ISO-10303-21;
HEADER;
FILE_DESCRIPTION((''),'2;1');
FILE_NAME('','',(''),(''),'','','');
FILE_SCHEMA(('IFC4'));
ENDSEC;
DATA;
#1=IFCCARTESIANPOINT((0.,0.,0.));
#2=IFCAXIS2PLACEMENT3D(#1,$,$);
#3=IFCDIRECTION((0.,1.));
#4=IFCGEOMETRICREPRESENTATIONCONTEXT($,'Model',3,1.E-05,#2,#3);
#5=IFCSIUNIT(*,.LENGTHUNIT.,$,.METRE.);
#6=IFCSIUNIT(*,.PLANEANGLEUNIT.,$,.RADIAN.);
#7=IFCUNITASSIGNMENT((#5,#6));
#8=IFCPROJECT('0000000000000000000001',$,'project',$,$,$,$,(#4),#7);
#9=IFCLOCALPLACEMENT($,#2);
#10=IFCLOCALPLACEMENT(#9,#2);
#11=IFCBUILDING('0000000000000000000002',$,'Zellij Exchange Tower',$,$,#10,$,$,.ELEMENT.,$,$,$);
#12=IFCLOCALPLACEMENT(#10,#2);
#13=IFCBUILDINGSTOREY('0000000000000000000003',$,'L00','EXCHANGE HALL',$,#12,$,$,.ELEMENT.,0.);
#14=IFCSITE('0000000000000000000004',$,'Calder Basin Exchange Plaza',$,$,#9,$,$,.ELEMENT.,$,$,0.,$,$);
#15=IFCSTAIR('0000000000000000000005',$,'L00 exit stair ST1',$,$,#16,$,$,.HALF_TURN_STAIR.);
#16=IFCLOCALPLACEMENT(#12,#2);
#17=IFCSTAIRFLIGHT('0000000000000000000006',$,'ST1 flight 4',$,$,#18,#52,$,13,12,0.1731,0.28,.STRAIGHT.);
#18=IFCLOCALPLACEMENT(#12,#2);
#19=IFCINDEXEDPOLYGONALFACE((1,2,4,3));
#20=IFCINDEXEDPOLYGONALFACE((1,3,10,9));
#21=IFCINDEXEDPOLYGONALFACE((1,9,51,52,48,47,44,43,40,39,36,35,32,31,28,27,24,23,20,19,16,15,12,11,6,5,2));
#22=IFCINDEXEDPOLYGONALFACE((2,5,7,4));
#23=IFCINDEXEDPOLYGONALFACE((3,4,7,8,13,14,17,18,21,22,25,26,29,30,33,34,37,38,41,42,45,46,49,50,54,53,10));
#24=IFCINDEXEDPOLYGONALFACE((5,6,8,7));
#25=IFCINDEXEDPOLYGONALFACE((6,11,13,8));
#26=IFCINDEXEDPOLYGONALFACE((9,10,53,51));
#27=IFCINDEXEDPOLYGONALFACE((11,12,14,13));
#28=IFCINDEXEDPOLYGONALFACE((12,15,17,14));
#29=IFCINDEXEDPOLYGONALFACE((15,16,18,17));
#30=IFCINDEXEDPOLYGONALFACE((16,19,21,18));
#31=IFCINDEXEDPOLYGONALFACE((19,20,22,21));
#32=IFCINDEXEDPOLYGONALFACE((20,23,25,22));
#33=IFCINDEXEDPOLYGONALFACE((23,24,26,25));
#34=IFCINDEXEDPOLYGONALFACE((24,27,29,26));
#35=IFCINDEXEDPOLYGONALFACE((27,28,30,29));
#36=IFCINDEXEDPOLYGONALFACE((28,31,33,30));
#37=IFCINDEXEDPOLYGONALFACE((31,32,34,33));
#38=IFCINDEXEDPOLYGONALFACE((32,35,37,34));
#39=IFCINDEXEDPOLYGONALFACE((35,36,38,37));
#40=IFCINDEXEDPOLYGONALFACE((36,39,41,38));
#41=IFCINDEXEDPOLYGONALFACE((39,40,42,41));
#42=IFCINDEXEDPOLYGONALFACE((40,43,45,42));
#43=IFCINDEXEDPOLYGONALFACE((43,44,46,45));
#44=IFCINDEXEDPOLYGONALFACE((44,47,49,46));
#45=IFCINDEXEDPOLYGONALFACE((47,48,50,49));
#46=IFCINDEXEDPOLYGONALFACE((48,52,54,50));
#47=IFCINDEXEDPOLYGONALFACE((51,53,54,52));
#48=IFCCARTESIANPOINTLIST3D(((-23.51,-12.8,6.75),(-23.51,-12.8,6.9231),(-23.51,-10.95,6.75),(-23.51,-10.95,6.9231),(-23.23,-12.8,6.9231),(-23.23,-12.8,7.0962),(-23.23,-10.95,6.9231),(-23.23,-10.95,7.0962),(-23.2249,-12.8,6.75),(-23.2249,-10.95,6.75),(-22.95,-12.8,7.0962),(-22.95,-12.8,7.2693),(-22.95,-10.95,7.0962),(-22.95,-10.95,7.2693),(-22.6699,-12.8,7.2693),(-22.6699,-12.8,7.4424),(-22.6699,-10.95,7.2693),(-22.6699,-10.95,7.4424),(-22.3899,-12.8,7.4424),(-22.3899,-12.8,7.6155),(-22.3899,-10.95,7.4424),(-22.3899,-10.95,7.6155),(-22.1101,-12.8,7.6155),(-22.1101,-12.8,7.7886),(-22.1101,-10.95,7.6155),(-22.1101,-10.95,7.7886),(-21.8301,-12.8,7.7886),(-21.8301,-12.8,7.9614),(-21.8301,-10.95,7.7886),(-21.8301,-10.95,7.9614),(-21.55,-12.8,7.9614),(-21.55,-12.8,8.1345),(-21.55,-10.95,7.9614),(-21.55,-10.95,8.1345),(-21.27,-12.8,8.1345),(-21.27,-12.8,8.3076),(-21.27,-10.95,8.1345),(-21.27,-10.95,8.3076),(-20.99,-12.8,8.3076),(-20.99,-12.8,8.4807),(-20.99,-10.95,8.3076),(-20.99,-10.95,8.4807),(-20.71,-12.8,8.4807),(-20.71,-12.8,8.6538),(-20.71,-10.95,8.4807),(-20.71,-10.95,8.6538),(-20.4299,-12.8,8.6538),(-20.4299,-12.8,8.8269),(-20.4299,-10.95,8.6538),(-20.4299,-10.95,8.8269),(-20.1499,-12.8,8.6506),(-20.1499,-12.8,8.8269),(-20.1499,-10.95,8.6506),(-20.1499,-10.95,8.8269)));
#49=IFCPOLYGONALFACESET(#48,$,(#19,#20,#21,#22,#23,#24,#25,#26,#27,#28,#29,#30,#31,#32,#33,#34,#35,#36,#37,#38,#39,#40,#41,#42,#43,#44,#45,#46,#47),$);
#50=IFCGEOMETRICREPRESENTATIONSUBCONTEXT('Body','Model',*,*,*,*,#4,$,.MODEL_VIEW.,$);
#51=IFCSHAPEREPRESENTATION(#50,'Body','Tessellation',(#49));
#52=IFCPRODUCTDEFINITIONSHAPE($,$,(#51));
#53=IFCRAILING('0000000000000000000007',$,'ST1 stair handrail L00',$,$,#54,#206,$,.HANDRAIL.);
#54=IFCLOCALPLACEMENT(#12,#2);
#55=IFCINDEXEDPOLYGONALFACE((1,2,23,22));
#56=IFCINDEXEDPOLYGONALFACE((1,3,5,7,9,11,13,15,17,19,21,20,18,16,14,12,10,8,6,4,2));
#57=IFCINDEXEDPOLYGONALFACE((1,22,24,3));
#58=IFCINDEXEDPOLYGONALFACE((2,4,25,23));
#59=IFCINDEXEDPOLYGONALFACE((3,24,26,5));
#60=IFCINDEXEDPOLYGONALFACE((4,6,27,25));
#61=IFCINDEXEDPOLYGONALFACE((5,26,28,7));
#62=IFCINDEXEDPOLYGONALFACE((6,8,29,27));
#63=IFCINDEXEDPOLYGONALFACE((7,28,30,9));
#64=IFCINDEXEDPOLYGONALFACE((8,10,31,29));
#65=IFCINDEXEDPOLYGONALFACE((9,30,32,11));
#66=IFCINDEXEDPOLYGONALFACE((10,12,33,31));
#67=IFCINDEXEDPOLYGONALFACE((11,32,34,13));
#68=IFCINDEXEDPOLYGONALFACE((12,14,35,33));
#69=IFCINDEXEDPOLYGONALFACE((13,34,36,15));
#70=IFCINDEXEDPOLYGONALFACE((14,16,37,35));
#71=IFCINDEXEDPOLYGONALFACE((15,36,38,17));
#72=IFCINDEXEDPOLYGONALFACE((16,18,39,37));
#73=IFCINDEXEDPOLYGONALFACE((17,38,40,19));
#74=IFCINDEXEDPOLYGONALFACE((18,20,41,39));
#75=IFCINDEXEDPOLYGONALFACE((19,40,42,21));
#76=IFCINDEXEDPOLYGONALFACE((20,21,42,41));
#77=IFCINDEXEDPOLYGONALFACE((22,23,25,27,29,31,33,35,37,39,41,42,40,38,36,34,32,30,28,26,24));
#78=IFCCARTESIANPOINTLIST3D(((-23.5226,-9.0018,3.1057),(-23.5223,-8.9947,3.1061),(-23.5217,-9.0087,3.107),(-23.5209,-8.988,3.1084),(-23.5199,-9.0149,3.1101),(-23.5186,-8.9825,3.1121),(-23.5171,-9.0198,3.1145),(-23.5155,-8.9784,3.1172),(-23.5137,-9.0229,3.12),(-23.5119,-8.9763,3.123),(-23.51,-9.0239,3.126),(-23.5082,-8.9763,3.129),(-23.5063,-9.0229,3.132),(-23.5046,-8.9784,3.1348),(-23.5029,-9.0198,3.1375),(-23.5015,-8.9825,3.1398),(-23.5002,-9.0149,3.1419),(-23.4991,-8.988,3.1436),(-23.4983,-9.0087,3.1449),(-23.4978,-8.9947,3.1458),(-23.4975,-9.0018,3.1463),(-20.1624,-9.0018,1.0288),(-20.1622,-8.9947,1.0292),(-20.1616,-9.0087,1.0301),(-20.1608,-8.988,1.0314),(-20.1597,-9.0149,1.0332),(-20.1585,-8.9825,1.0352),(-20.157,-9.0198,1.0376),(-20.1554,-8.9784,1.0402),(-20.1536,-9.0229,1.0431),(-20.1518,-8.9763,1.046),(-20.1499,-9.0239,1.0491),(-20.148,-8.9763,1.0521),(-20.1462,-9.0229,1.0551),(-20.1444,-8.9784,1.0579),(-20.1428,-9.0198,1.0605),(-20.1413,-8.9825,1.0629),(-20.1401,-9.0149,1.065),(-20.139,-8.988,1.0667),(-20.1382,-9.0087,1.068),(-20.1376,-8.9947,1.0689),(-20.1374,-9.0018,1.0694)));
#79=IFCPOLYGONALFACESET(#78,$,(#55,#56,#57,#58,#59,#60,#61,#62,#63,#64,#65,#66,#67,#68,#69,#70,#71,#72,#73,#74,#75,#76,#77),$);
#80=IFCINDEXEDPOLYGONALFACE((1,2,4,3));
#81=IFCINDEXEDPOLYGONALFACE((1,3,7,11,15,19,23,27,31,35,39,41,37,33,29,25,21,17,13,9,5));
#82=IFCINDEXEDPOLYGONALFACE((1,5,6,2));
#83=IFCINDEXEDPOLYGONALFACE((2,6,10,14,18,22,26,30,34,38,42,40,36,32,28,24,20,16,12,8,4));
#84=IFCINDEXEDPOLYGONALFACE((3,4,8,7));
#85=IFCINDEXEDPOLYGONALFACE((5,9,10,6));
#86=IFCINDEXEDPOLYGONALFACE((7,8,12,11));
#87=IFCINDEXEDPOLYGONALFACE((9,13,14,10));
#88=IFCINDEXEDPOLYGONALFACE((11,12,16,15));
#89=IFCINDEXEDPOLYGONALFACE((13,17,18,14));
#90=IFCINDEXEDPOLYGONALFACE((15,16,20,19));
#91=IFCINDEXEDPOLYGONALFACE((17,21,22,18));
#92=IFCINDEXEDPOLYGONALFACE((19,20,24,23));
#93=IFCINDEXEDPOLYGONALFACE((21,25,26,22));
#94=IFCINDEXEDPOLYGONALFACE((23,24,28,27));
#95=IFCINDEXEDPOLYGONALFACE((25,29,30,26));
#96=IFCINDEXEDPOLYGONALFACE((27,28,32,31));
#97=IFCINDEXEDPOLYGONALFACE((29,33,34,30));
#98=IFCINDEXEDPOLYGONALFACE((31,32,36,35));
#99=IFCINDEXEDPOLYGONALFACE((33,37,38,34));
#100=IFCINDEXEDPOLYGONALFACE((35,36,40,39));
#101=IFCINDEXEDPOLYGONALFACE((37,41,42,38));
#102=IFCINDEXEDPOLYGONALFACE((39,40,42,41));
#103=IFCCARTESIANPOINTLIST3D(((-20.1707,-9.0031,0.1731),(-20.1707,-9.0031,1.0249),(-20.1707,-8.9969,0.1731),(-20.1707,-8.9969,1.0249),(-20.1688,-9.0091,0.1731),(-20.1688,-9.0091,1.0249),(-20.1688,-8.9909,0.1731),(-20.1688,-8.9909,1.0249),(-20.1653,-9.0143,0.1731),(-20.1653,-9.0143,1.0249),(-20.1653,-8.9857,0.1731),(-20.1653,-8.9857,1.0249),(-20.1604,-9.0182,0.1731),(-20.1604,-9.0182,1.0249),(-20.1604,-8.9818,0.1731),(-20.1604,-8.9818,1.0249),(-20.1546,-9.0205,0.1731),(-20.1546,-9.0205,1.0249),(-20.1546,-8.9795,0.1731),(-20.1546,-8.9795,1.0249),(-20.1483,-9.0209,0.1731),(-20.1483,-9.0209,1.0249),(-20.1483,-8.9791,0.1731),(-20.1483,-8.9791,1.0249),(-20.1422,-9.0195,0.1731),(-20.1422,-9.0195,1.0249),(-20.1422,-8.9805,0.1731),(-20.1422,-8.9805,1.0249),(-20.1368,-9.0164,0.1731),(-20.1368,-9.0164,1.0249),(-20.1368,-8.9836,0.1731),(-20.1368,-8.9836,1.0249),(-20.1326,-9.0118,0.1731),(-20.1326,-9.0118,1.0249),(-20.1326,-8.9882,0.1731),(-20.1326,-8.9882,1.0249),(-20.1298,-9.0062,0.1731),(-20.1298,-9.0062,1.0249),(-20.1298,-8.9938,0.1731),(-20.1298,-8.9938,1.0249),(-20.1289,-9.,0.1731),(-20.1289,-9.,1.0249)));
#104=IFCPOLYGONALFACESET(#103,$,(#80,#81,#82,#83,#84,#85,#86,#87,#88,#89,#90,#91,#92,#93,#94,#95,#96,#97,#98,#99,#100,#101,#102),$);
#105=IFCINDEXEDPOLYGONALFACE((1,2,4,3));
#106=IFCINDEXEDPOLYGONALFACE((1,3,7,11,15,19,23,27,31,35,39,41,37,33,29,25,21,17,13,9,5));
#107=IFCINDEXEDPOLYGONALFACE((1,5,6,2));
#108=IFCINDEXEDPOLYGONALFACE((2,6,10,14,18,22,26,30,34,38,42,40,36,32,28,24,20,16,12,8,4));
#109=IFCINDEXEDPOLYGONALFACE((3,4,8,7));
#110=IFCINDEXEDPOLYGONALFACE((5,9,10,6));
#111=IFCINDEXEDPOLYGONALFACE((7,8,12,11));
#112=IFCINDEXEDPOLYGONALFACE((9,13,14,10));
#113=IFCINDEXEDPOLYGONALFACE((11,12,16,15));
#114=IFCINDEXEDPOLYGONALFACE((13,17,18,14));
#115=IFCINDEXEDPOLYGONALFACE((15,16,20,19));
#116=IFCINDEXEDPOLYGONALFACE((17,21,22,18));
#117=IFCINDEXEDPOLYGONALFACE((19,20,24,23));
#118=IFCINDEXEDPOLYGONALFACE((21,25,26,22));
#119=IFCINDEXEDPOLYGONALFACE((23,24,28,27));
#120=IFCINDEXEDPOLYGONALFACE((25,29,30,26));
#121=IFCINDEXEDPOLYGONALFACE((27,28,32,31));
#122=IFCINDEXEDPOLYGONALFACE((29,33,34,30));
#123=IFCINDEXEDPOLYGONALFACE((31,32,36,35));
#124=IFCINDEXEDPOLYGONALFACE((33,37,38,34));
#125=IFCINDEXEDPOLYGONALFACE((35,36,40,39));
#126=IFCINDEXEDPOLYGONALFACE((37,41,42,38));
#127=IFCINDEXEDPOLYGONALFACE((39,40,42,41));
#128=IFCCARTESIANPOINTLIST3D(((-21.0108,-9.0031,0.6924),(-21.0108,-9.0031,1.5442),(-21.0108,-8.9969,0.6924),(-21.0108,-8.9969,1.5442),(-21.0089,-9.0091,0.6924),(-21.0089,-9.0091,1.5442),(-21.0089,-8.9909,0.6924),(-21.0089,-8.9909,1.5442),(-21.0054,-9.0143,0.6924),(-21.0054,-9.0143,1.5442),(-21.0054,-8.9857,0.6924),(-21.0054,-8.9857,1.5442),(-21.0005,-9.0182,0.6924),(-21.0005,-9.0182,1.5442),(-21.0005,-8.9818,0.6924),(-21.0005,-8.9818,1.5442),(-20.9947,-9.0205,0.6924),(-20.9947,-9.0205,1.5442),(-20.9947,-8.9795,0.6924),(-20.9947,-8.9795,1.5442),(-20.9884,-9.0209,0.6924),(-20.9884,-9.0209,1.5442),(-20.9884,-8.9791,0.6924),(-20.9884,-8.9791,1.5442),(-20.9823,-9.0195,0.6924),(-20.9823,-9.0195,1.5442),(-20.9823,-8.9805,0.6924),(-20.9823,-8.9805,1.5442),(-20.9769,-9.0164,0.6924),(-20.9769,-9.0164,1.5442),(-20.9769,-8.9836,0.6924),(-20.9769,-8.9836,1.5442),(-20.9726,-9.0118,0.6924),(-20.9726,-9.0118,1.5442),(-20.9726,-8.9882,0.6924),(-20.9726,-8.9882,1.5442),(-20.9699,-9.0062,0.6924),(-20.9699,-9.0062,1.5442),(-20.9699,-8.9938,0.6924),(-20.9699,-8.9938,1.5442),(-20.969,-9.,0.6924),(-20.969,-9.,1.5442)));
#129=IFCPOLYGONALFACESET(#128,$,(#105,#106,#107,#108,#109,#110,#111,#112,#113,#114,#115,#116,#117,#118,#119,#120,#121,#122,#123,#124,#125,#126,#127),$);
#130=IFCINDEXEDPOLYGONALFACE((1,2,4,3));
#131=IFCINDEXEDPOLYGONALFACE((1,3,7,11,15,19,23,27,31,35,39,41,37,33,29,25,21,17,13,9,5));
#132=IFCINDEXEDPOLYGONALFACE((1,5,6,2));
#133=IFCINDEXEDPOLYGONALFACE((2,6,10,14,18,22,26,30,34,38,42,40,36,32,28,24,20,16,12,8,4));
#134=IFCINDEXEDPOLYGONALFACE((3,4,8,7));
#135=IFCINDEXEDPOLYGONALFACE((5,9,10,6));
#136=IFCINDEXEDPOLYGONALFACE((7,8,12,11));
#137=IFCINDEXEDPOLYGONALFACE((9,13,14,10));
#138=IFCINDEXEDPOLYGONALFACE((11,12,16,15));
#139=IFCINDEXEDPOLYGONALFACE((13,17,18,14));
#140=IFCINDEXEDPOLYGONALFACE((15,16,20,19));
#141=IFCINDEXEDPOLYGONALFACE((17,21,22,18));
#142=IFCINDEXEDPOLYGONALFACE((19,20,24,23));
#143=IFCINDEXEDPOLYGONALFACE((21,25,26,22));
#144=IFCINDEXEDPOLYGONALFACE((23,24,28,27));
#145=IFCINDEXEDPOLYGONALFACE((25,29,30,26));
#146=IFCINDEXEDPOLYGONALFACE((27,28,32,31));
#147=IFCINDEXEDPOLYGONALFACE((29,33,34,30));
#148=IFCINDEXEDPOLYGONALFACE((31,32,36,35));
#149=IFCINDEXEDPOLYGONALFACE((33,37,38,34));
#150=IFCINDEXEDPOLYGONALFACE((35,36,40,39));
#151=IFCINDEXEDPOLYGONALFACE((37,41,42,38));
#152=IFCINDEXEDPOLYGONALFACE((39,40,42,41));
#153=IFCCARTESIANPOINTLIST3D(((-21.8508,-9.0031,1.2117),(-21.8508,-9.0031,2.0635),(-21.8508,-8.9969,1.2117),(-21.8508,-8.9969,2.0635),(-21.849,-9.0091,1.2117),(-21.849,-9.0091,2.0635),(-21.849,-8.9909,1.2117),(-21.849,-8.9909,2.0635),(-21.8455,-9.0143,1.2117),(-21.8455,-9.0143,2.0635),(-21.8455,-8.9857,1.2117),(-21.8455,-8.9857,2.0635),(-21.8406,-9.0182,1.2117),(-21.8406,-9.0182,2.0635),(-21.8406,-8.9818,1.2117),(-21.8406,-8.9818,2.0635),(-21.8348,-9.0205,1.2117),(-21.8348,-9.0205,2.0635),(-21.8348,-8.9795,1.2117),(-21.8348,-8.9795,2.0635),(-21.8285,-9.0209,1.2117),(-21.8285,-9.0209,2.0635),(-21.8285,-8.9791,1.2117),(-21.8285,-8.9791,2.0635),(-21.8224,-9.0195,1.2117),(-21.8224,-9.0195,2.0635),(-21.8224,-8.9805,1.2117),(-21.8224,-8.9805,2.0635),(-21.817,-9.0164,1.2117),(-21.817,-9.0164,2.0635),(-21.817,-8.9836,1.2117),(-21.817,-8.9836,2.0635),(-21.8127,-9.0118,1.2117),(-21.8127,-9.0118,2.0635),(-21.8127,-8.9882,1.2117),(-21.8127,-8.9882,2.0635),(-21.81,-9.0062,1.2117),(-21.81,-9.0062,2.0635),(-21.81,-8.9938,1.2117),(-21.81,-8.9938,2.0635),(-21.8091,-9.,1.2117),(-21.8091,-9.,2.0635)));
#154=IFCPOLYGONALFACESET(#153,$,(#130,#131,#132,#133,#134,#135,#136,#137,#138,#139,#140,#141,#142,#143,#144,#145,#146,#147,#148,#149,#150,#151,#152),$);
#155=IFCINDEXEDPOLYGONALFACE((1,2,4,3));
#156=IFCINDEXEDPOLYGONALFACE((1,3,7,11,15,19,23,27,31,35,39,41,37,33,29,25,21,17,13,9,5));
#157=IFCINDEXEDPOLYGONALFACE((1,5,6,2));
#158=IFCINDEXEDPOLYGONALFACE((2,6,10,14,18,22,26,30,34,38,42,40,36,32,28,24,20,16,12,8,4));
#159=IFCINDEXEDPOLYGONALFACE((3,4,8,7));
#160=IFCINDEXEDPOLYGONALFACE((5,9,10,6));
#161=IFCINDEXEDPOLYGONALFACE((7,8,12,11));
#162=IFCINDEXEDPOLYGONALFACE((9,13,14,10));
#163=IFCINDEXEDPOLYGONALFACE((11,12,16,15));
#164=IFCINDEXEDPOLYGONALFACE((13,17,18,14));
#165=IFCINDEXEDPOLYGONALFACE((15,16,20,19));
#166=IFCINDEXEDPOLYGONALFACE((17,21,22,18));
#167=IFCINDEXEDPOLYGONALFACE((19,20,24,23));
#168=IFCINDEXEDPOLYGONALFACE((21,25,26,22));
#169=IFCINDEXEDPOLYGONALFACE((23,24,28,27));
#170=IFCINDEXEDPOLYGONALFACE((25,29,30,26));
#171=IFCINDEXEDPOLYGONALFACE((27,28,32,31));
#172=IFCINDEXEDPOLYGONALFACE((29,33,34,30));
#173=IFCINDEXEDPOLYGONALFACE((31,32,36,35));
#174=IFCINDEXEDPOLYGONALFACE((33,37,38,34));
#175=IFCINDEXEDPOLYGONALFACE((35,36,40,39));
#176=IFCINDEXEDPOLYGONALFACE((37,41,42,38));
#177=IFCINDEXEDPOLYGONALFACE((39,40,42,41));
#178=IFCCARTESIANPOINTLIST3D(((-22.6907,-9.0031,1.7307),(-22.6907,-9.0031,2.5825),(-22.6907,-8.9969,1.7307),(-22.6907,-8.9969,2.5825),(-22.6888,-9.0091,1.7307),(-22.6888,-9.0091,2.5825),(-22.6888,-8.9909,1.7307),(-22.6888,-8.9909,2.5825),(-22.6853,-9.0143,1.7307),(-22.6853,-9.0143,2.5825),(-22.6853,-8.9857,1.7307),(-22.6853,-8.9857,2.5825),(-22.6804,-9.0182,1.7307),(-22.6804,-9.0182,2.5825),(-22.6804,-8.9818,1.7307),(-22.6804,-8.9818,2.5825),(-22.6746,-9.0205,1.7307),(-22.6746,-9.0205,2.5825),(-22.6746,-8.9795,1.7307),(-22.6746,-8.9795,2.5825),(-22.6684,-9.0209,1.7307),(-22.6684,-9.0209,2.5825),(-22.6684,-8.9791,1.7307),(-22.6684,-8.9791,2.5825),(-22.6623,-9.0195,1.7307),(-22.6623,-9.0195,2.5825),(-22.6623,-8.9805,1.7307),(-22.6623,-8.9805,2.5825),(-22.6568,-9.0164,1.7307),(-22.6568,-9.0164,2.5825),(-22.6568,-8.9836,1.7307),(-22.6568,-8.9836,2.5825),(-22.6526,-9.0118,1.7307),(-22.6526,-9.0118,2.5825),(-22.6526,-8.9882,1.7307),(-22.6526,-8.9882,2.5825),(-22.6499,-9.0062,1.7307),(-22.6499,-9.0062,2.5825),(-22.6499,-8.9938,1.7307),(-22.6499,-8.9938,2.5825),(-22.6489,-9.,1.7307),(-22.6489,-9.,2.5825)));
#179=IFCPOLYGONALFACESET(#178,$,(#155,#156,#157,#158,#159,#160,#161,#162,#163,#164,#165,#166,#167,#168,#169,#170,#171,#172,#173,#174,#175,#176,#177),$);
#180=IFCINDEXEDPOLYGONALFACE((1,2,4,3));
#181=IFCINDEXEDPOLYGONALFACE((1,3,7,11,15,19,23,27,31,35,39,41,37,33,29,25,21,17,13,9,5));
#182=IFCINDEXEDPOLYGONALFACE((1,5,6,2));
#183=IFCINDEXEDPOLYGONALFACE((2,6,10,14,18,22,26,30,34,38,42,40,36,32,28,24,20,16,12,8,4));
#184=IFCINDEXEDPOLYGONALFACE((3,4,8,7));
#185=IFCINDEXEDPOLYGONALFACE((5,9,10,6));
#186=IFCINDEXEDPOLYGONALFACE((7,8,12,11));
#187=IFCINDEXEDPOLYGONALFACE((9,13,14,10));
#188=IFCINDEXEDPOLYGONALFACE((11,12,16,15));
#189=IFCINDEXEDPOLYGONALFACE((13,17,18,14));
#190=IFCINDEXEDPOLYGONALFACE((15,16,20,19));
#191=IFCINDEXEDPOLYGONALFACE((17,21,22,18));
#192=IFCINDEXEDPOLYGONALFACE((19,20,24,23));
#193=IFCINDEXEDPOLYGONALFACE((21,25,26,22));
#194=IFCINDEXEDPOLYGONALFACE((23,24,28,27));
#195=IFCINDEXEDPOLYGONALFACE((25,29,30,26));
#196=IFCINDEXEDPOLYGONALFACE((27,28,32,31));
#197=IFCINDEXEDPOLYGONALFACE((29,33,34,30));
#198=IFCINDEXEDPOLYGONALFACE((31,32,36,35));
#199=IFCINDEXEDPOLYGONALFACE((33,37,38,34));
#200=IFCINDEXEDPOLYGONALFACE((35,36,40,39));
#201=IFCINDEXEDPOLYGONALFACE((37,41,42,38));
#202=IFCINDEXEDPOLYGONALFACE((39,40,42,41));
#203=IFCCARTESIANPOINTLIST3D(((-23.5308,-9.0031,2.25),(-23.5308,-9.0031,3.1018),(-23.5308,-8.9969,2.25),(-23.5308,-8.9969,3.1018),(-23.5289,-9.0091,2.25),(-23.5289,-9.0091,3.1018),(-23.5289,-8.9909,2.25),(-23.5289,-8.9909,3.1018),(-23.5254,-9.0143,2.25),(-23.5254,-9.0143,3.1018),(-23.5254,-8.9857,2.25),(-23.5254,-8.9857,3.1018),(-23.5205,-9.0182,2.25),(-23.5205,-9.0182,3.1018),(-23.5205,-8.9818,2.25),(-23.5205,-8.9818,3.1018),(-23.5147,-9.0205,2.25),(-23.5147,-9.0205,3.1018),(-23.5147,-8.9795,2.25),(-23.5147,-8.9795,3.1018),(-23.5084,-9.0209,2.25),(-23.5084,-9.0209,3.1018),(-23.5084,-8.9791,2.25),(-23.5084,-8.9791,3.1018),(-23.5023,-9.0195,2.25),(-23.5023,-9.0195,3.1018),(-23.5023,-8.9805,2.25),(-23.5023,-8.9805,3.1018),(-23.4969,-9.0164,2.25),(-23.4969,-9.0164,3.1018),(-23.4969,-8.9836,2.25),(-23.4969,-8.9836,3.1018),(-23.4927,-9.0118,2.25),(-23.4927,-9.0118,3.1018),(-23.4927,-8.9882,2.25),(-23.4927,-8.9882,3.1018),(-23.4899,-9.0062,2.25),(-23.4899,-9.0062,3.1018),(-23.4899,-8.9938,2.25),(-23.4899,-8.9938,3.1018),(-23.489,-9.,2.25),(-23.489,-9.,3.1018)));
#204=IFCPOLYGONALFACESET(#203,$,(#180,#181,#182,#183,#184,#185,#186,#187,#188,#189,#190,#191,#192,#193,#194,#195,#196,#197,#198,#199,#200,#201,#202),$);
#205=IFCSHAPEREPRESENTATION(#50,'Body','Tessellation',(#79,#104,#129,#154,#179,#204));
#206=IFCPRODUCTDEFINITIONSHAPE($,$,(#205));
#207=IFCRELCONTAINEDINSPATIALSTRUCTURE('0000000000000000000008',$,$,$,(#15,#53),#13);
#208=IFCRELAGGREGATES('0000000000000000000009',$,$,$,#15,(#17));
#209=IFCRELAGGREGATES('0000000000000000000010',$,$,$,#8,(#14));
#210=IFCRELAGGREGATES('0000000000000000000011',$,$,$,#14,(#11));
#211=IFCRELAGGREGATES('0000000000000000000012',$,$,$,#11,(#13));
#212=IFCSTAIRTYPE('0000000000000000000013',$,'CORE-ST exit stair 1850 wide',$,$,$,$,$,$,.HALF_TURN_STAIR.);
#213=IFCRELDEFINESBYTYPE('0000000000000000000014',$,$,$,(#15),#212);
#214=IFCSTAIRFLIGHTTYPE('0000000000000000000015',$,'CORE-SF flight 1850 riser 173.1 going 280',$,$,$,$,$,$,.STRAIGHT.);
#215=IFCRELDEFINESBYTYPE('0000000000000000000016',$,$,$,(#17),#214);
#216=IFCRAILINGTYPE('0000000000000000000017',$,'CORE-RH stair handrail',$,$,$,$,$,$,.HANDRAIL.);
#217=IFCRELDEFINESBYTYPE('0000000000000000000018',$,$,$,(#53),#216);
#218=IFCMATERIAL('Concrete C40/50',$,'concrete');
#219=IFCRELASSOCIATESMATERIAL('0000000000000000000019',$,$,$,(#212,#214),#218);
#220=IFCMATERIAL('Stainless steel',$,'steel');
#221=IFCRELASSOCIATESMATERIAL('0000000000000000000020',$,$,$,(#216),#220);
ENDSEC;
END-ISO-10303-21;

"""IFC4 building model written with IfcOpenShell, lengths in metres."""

from ifc_helpers import new_model, si_unit, direction, frame, origin, origin_2d, place, context, subcontext, project, spatial, polyline, circle, outline, extrude, material, type_object, element, aggregate, save


model = new_model("IFC4")

# Units and contexts
model_context = context("Model", 3, precision=1e-05, world=origin(), true_north=direction((0.0, 1.0)))
body_context = subcontext(model_context, "Body", "Model", "MODEL_VIEW")
ifc_project = project(units=[si_unit("LENGTHUNIT", "METRE"), si_unit("PLANEANGLEUNIT", "RADIAN")], contexts=[model_context])

# Site, building, storey
site_placement = place(None, origin())
site = spatial("IfcSite", under=ifc_project, at=site_placement, Name="Calder Basin Exchange Plaza", CompositionType="ELEMENT", RefElevation=0.0)
building_placement = place(site_placement, origin())
building = spatial("IfcBuilding", under=site, at=building_placement, Name="Zellij Exchange Tower", CompositionType="ELEMENT")
storey_placement = place(building_placement, origin())
storey = spatial("IfcBuildingStorey", under=building, at=storey_placement, Name="L00", Description="EXCHANGE HALL", CompositionType="ELEMENT", Elevation=0.0)

# Stair, stair flight
ifc_material_1 = material(Name="Concrete C40/50", Category="concrete")
stair_type = type_object("IfcStairType", Name="CORE-ST exit stair 1850 wide", PredefinedType="HALF_TURN_STAIR", material=ifc_material_1)
stair_placement = place(storey_placement, origin())
stair = element("IfcStair", 1, at=stair_placement, inside=storey, type_object=stair_type, Name="L00 exit stair ST1", PredefinedType="HALF_TURN_STAIR")
stair_flight_type = type_object("IfcStairFlightType", Name="CORE-SF flight 1850 riser 173.1 going 280", PredefinedType="STRAIGHT", material=ifc_material_1)
stair_flight_1_placement = place(storey_placement, frame((-23.51, -11.875, 6.75), z_axis=(0.0, 0.0, 1.0), x_axis=(1.0, 0.0, 0.0)))
stair_flight_1 = element("IfcStairFlight", 2, at=stair_flight_1_placement, type_object=stair_flight_type, Name="ST1 flight 4", NumberOfRisers=13, NumberOfTreads=12, PredefinedType="STRAIGHT", RiserHeight=0.1731, TreadLength=0.28, context=body_context, shape_type="SweptSolid", body=[
    extrude(outline(polyline([(0.0, 0.0), (0.0, 0.1731), (0.28, 0.1731), (0.28, 0.3462), (0.5601, 0.3462), (0.5601, 0.5193), (0.8401, 0.5193), (0.8401, 0.6924), (1.1201, 0.6924), (1.1201, 0.8655), (1.3999, 0.8655), (1.3999, 1.0386), (1.6799, 1.0386), (1.6799, 1.2114), (1.96, 1.2114), (1.96, 1.3845), (2.24, 1.3845), (2.24, 1.5576), (2.52, 1.5576), (2.52, 1.7307), (2.8, 1.7307), (2.8, 1.9038), (3.0801, 1.9038), (3.0801, 2.0769), (3.3601, 2.0769), (3.3601, 2.25), (3.3601, 1.9006), (0.2852, 0.0), (0.0, 0.0)])), frame((0.0, 0.925, 0.0), z_axis=(0.0, -1.0, 0.0), x_axis=(1.0, 0.0, 0.0)), (0.0, 0.0, 1.0), 1.8501),
])
aggregate(stair, [stair_flight_1])

# Railing
ifc_material_2 = material(Name="Stainless steel", Category="steel")
railing_type_1 = type_object("IfcRailingType", Name="CORE-RH stair handrail", PredefinedType="HANDRAIL", material=ifc_material_2)
railing_1_placement = place(storey_placement, frame((-20.1499, -9.0, 0.1731)))
element("IfcRailing", 3, at=railing_1_placement, inside=storey, type_object=railing_type_1, Name="ST1 stair handrail L00", PredefinedType="HANDRAIL", context=body_context, shape_type="SweptSolid", body=[
    extrude(circle(Radius=0.0239, at=origin_2d()), frame((0.0, 0.0, 0.876), z_axis=(-0.850623, 0.0, 0.525776), x_axis=(0.0, -1.0, 0.0)), (0.0, 0.0, 1.0), 3.9502),
    extrude(circle(Radius=0.021, at=origin_2d()), origin(), (0.0, 0.0, 1.0), 0.8518),
    extrude(circle(Radius=0.021, at=origin_2d()), frame((-0.8401, 0.0, 0.5193)), (0.0, 0.0, 1.0), 0.8518),
    extrude(circle(Radius=0.021, at=origin_2d()), frame((-1.6802, 0.0, 1.0386)), (0.0, 0.0, 1.0), 0.8518),
    extrude(circle(Radius=0.021, at=origin_2d()), frame((-2.52, 0.0, 1.5576)), (0.0, 0.0, 1.0), 0.8518),
    extrude(circle(Radius=0.021, at=origin_2d()), frame((-3.3601, 0.0, 2.0769)), (0.0, 0.0, 1.0), 0.8518),
])

save(model, "model.ifc")
